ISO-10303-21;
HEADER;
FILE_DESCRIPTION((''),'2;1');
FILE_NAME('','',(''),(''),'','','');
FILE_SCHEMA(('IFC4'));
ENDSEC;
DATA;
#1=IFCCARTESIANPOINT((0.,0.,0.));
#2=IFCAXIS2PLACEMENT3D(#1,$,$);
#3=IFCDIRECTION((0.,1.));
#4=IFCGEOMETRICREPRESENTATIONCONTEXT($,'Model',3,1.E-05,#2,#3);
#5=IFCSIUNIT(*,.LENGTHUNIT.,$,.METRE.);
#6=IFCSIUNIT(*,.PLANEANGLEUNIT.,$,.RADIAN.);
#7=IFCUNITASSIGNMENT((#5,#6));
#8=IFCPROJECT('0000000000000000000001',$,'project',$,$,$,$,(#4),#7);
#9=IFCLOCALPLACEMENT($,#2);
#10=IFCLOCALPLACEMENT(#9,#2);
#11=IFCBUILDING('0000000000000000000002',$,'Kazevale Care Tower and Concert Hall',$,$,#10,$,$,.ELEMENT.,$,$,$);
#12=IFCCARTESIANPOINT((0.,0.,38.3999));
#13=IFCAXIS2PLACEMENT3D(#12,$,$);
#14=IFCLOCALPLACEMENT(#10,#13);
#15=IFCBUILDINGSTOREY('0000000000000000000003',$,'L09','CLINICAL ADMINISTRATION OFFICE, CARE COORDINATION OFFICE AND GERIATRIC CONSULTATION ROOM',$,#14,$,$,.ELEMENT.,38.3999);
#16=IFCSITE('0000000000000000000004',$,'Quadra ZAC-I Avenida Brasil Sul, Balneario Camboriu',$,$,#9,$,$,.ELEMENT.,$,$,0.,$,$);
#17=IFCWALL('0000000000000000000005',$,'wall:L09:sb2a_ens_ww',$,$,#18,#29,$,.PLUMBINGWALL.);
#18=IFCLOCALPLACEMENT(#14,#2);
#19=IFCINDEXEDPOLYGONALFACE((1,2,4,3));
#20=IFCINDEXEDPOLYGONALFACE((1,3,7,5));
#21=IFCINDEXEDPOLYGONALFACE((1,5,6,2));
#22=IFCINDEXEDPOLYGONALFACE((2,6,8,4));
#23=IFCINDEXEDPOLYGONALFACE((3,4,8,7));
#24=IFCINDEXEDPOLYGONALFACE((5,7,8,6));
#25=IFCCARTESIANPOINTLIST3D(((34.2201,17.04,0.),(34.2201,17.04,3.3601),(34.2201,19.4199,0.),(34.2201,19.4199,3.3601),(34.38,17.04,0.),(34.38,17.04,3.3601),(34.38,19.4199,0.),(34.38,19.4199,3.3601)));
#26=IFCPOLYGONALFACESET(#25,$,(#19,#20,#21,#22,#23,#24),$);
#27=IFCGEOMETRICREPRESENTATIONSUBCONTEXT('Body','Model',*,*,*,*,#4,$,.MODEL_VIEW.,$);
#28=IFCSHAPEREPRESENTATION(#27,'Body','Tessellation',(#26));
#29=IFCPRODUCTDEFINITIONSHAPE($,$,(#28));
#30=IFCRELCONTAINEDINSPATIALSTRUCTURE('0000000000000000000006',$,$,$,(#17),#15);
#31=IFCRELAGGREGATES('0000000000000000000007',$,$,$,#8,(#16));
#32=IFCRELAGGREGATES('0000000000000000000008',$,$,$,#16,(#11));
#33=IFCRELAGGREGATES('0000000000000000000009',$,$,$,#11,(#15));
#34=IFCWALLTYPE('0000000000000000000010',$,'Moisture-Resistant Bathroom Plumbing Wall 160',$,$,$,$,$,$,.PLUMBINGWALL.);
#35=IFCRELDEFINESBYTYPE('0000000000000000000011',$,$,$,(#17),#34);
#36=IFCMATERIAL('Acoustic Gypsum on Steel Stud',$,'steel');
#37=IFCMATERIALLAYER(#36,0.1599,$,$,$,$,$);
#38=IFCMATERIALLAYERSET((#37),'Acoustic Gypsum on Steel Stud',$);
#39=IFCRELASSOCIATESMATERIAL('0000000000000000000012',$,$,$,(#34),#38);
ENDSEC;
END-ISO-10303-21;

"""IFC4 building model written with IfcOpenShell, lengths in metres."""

from ifc_helpers import new_model, si_unit, direction, frame, frame_2d, origin, place, context, subcontext, project, spatial, rectangle, extrude, material, layer, layer_set, type_object, element, save


model = new_model("IFC4")

# Units and contexts
model_context = context("Model", 3, precision=1e-05, world=origin(), true_north=direction((0.0, 1.0)))
body_context = subcontext(model_context, "Body", "Model", "MODEL_VIEW")
ifc_project = project(units=[si_unit("LENGTHUNIT", "METRE"), si_unit("PLANEANGLEUNIT", "RADIAN")], contexts=[model_context])

# Site, building, storey
site_placement = place(None, origin())
site = spatial("IfcSite", under=ifc_project, at=site_placement, Name="Quadra ZAC-I Avenida Brasil Sul, Balneario Camboriu", CompositionType="ELEMENT", RefElevation=0.0)
building_placement = place(site_placement, origin())
building = spatial("IfcBuilding", under=site, at=building_placement, Name="Kazevale Care Tower and Concert Hall", CompositionType="ELEMENT")
storey_placement = place(building_placement, frame((0.0, 0.0, 38.3999)))
storey = spatial("IfcBuildingStorey", under=building, at=storey_placement, Name="L09", Description="CLINICAL ADMINISTRATION OFFICE, CARE COORDINATION OFFICE AND GERIATRIC CONSULTATION ROOM", CompositionType="ELEMENT", Elevation=38.3999)

# Shared definitions
ifc_material_1 = material(Name="Acoustic Gypsum on Steel Stud", Category="steel")
ifc_layer_1 = layer(ifc_material_1, 0.1599)
ifc_layer_set_1 = layer_set([ifc_layer_1], Name="Acoustic Gypsum on Steel Stud")
wall_type = type_object("IfcWallType", Name="Moisture-Resistant Bathroom Plumbing Wall 160", PredefinedType="PLUMBINGWALL", material=ifc_layer_set_1)

# Wall
wall_1_placement = place(storey_placement, frame((34.3, 17.04, 0.0), z_axis=(0.0, 0.0, 1.0), x_axis=(0.0, 1.0, 0.0)))
element("IfcWall", 1, at=wall_1_placement, inside=storey, type_object=wall_type, Name="wall:L09:sb2a_ens_ww", PredefinedType="PLUMBINGWALL", context=body_context, shape_type="SweptSolid", body=[
    extrude(rectangle(XDim=2.3799, YDim=0.1599, at=frame_2d((1.1899, 0.0))), origin(), (0.0, 0.0, 1.0), 3.3601),
])

save(model, "model.ifc")
